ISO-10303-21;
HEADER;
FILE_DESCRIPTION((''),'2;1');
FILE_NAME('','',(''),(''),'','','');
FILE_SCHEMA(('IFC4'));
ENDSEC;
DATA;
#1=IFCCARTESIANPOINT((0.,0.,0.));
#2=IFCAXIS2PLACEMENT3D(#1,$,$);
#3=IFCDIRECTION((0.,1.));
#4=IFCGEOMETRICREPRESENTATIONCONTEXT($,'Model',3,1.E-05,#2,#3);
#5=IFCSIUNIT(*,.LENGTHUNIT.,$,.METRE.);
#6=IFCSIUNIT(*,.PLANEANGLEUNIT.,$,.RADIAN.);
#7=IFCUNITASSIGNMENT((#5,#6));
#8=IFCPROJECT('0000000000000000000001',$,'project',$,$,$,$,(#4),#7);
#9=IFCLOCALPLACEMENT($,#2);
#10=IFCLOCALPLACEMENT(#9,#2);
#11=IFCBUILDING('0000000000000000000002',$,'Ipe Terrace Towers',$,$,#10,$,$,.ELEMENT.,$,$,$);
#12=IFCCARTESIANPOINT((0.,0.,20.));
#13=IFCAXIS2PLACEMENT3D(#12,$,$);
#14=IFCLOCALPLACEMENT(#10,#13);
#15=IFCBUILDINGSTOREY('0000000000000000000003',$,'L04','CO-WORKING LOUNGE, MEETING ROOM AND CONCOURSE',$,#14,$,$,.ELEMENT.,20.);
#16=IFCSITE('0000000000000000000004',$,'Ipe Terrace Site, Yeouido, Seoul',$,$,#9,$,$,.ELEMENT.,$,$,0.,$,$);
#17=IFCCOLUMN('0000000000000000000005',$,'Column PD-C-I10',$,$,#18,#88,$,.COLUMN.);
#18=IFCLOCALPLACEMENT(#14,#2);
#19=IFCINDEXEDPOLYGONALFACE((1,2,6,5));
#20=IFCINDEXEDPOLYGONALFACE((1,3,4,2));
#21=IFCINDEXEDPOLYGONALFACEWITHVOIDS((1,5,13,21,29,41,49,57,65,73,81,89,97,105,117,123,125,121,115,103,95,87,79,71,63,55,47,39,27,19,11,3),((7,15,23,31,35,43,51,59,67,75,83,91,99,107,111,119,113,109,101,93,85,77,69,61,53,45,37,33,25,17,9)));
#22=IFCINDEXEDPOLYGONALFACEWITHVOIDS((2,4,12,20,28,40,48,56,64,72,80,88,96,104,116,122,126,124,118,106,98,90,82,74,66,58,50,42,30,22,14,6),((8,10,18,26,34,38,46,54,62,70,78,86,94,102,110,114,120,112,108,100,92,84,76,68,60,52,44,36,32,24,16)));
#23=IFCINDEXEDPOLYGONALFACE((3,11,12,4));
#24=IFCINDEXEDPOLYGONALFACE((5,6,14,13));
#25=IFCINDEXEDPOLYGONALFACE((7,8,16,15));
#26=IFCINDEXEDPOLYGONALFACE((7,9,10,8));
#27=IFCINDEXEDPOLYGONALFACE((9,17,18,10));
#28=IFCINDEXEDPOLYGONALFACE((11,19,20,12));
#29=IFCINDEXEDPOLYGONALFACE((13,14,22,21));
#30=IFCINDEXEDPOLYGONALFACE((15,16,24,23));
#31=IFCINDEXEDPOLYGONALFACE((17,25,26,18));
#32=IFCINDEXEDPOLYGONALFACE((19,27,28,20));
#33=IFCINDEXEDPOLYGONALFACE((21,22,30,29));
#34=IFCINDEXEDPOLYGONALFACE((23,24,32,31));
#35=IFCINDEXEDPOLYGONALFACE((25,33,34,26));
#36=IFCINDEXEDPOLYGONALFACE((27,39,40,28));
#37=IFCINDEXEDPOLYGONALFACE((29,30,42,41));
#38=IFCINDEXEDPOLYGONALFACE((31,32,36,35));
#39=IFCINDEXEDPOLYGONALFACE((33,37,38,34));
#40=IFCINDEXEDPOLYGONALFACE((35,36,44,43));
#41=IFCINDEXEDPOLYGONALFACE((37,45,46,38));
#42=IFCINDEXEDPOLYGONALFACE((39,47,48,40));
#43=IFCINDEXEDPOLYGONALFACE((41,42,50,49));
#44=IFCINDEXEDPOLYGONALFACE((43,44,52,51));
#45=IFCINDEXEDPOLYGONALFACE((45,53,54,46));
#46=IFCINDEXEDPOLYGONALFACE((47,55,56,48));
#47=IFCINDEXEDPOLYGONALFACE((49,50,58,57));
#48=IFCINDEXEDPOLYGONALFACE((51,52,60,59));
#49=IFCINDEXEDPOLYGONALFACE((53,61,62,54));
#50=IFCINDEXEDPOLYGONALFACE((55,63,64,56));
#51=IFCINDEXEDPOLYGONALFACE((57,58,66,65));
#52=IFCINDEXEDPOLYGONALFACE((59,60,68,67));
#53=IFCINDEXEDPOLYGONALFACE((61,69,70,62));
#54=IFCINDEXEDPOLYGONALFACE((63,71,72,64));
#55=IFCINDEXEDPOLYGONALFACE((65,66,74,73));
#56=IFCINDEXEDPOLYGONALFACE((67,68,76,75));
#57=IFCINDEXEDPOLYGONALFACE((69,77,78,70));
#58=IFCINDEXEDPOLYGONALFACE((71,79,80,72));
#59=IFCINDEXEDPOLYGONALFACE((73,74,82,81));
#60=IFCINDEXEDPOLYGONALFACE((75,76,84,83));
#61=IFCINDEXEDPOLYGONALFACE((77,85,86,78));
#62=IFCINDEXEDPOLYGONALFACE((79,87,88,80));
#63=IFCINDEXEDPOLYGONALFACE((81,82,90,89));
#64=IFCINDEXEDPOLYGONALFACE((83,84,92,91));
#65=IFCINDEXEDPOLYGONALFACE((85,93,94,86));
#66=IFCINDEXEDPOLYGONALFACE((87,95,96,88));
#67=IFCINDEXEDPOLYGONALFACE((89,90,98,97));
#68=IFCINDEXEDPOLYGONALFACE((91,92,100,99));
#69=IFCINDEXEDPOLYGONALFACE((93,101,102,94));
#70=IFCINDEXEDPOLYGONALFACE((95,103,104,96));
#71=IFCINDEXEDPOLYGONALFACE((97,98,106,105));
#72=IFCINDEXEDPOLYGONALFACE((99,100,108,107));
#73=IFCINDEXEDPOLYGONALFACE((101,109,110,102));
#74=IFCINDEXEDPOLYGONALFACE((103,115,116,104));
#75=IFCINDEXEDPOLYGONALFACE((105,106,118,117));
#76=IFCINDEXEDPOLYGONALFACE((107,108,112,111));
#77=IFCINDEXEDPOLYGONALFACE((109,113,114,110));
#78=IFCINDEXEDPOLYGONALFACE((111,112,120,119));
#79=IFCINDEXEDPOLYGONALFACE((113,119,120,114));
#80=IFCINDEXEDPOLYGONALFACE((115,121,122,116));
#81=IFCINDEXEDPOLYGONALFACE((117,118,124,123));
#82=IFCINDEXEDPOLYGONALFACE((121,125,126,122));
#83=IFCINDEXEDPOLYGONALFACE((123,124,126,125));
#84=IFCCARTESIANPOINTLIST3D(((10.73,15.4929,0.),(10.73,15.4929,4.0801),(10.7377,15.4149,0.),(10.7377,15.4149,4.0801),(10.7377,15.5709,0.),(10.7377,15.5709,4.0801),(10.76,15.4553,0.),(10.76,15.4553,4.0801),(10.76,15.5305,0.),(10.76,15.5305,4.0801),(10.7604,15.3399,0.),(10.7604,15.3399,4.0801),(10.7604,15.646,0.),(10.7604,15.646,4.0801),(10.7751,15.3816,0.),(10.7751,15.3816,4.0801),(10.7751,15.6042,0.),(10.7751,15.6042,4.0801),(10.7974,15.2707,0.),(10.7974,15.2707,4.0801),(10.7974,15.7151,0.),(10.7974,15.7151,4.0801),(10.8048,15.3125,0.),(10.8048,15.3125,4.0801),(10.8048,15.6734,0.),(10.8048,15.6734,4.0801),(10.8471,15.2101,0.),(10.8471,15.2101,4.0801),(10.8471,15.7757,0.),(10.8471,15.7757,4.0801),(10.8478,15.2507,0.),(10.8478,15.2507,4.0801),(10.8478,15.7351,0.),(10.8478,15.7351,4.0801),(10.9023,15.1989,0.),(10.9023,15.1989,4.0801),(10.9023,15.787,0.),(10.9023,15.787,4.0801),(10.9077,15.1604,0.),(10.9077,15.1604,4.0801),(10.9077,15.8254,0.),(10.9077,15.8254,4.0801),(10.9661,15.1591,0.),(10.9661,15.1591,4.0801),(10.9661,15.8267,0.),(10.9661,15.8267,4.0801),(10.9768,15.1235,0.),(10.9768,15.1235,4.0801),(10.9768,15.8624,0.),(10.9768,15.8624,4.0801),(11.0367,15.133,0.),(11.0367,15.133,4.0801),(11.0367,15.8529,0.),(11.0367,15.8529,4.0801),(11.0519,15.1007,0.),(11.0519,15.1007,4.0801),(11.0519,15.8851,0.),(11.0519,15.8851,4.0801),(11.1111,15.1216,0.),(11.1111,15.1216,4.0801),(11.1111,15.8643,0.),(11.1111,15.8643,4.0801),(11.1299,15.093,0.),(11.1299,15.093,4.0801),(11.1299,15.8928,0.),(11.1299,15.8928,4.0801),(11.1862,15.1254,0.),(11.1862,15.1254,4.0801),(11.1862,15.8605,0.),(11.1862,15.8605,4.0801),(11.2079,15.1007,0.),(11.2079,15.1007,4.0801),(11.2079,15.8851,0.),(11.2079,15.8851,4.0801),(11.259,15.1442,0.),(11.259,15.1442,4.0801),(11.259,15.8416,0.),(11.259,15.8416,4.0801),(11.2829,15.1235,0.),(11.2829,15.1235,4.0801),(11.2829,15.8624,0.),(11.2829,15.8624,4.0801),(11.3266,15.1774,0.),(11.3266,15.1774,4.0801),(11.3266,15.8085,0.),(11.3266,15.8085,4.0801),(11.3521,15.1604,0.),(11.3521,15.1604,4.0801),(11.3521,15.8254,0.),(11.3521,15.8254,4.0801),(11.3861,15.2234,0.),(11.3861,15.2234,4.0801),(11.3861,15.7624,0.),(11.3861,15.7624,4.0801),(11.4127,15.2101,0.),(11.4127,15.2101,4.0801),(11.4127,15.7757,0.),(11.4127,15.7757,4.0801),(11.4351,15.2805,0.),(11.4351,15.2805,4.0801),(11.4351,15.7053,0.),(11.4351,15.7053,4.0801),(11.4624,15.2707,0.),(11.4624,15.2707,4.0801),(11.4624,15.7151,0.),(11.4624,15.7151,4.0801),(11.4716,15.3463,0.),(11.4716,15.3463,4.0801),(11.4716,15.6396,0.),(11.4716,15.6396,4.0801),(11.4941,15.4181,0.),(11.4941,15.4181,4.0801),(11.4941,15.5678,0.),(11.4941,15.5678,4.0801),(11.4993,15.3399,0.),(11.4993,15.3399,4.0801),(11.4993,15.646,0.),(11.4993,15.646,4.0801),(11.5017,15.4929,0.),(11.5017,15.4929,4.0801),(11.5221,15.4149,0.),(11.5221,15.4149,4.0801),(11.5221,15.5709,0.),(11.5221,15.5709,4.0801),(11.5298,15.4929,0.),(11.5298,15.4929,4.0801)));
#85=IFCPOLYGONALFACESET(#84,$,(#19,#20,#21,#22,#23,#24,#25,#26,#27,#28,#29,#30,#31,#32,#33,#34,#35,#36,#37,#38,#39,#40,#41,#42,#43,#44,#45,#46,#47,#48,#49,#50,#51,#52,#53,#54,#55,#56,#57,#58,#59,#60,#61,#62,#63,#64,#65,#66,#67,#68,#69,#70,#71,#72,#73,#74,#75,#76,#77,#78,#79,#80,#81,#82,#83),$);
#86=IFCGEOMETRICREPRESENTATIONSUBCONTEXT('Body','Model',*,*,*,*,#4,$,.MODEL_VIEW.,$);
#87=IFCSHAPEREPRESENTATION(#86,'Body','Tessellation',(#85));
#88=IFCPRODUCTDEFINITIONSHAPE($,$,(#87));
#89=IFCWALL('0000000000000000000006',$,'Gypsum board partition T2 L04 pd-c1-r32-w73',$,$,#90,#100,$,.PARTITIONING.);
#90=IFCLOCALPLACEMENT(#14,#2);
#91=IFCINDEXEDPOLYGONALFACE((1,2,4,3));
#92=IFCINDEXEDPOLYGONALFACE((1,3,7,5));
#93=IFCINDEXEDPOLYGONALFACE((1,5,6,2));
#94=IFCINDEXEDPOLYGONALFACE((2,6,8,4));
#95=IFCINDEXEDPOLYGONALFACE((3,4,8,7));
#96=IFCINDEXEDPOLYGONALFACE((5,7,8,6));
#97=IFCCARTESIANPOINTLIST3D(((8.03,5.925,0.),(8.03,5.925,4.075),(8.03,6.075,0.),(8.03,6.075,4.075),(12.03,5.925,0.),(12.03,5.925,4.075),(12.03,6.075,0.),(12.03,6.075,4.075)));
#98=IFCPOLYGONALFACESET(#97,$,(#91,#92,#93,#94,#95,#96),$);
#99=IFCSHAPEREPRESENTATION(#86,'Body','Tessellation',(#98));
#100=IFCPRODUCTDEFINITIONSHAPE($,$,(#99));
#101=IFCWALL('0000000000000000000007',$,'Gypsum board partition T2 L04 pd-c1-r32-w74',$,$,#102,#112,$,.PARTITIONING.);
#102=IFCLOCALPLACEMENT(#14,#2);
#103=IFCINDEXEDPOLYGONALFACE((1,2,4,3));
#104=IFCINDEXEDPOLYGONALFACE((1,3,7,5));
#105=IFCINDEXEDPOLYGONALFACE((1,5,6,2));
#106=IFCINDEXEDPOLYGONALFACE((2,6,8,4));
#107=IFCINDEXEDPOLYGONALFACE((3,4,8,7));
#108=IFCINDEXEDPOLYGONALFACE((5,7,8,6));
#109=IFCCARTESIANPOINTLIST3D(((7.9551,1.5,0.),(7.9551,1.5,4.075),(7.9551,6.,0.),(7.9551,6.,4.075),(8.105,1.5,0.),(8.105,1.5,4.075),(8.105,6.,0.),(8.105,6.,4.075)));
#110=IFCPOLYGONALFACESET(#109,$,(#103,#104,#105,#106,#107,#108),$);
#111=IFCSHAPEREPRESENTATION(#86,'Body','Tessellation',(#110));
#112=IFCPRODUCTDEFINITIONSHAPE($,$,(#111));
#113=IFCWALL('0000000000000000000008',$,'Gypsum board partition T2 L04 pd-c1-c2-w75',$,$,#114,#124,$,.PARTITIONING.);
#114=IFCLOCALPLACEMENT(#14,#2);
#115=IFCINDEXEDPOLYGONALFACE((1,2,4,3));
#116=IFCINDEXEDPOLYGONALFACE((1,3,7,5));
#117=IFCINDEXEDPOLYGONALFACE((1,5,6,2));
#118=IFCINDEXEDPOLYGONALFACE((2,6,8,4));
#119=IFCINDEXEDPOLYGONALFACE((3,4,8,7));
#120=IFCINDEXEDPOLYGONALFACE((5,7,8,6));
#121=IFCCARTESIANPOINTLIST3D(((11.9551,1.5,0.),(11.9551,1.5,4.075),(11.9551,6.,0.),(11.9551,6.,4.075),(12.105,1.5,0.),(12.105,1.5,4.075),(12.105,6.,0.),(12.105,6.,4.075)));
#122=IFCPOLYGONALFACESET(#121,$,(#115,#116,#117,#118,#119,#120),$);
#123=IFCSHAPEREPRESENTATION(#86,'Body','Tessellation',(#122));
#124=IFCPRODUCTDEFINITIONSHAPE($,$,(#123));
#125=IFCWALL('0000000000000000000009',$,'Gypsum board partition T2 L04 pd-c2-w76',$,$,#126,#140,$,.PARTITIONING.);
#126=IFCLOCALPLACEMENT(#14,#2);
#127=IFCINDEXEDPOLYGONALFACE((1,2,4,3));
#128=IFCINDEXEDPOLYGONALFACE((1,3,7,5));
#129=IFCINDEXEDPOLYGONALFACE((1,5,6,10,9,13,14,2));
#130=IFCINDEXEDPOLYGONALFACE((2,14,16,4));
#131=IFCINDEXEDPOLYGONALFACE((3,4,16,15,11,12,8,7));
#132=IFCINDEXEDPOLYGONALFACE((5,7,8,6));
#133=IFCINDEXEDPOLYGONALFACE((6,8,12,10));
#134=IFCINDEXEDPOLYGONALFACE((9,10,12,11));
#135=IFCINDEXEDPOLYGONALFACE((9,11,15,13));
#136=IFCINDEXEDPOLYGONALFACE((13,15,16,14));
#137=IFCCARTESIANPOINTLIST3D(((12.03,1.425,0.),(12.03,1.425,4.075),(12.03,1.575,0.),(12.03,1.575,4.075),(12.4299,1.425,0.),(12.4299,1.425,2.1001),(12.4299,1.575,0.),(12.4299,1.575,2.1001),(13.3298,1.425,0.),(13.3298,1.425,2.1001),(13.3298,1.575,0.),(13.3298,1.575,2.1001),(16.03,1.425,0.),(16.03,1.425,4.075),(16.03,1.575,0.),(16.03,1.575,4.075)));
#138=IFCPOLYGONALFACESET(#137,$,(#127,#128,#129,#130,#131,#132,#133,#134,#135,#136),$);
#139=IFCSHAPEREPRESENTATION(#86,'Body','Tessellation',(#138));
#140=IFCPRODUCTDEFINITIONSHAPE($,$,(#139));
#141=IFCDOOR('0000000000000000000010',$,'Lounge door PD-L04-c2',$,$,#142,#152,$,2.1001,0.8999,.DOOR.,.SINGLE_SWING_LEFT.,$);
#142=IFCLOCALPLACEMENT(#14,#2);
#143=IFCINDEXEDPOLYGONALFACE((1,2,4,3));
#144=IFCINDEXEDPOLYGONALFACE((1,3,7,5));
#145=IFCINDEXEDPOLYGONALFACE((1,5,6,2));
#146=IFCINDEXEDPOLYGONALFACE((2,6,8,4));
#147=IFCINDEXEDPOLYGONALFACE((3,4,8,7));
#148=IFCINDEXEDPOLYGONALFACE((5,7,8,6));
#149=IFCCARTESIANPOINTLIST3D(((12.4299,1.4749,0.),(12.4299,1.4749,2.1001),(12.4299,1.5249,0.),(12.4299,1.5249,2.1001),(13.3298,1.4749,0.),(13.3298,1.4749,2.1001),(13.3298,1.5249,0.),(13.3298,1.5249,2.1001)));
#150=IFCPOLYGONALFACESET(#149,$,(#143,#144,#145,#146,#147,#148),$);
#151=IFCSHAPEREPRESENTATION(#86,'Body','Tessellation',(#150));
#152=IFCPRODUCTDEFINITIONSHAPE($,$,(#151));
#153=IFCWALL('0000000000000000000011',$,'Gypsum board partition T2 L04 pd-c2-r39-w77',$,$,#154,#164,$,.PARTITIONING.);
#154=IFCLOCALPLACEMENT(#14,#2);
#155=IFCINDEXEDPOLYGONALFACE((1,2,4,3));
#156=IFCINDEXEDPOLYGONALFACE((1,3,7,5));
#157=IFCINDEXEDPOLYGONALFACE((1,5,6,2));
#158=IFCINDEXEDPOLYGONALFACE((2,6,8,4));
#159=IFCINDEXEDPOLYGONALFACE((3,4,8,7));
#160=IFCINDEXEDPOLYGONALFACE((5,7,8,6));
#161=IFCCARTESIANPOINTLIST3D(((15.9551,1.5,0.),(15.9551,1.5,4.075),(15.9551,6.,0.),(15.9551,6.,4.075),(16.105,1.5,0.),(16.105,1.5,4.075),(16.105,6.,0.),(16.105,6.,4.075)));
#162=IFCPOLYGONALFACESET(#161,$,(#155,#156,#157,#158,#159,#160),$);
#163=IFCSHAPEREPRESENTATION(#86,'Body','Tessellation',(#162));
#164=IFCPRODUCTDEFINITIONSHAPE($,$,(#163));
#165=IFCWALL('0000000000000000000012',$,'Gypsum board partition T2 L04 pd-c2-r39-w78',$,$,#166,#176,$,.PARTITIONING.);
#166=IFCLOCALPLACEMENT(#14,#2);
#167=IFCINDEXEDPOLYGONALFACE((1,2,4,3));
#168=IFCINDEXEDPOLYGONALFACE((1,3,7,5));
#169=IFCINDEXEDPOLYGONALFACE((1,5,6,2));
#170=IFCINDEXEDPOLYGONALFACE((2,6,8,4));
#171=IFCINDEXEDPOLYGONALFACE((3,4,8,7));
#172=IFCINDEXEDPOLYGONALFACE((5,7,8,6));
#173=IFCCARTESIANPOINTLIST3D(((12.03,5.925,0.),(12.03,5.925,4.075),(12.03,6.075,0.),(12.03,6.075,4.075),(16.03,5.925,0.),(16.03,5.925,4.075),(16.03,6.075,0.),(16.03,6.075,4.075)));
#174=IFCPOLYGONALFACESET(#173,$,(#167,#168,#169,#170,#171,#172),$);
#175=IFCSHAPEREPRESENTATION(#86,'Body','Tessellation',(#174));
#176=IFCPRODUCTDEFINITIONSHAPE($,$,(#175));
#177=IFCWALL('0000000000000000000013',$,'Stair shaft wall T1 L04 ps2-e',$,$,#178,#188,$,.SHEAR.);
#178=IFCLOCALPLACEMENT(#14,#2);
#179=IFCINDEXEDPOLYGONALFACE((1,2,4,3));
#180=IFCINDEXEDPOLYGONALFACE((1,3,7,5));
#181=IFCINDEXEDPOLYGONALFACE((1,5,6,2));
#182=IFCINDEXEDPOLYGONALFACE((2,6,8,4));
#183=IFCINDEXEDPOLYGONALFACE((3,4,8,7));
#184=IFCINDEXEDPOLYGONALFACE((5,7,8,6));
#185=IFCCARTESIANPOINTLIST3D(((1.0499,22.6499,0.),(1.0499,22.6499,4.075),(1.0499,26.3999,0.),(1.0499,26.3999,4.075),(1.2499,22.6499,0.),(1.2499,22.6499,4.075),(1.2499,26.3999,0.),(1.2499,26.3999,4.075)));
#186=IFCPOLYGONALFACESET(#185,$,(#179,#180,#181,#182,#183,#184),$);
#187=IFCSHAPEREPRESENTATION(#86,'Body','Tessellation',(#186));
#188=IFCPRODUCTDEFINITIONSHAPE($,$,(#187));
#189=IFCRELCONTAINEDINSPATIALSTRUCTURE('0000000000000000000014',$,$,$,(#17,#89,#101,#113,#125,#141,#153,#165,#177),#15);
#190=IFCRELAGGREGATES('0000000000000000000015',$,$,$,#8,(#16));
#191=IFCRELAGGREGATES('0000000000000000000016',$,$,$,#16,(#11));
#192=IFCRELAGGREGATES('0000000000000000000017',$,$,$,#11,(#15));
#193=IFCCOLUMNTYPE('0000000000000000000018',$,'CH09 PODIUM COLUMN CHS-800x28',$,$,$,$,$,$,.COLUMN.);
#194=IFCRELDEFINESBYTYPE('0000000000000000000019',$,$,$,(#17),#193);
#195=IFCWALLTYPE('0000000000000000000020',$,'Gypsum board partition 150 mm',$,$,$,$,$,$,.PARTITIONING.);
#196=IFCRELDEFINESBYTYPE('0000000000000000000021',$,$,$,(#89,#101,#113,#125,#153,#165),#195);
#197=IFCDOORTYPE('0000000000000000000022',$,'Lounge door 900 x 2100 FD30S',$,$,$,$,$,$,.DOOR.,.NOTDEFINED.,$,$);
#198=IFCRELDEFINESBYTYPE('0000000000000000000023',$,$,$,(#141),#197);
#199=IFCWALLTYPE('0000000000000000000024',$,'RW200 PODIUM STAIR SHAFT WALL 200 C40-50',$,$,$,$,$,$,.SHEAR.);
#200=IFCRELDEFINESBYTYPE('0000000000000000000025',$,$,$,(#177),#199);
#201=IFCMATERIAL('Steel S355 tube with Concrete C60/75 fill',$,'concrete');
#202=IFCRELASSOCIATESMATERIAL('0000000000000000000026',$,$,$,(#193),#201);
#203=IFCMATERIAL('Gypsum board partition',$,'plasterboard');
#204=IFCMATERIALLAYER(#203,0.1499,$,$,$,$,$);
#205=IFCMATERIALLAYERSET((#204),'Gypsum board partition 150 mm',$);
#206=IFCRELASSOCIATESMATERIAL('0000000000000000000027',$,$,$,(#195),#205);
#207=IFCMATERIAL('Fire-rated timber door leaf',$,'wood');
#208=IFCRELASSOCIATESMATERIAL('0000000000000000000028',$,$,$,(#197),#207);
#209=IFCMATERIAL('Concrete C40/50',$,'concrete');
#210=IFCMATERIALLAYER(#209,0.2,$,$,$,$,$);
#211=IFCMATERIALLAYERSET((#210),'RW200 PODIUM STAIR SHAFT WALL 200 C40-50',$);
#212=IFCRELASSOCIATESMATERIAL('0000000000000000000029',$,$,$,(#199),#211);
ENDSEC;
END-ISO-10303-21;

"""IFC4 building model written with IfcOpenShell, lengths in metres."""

from ifc_helpers import new_model, si_unit, direction, frame, frame_2d, origin, origin_2d, place, context, subcontext, project, spatial, rectangle, hollow_circle, extrude, material, layer, layer_set, material_profile, profile_set, type_object, element, fill, save


model = new_model("IFC4")

# Units and contexts
model_context = context("Model", 3, precision=1e-05, world=origin(), true_north=direction((0.0, 1.0)))
body_context = subcontext(model_context, "Body", "Model", "MODEL_VIEW")
ifc_project = project(units=[si_unit("LENGTHUNIT", "METRE"), si_unit("PLANEANGLEUNIT", "RADIAN")], contexts=[model_context])

# Site, building, storey
site_placement = place(None, origin())
site = spatial("IfcSite", under=ifc_project, at=site_placement, Name="Ipe Terrace Site, Yeouido, Seoul", CompositionType="ELEMENT", RefElevation=0.0)
building_placement = place(site_placement, origin())
building = spatial("IfcBuilding", under=site, at=building_placement, Name="Ipe Terrace Towers", CompositionType="ELEMENT")
storey_placement = place(building_placement, frame((0.0, 0.0, 20.0)))
storey = spatial("IfcBuildingStorey", under=building, at=storey_placement, Name="L04", Description="CO-WORKING LOUNGE, MEETING ROOM AND CONCOURSE", CompositionType="ELEMENT", Elevation=20.0)

# Column
ifc_material_1 = material(Name="Steel S355 tube with Concrete C60/75 fill", Category="concrete")
ifc_material_profile_1 = material_profile(ifc_material_1, hollow_circle(Radius=0.3999, WallThickness=0.0281, at=origin_2d()), Name="CHS-800x28")
ifc_profile_set_1 = profile_set([ifc_material_profile_1], Name="Steel S355 tube with Concrete C60/75 fill")
column_type_1 = type_object("IfcColumnType", Name="CH09 PODIUM COLUMN CHS-800x28", PredefinedType="COLUMN", material=ifc_profile_set_1)
for number, where, z_axis, x_axis, name in (
    (1, (11.1299, 15.4929, 0.0), (0.0, 0.0, 1.0), (1.0, 0.0, 0.0), "Column PD-C-I10"),
):
    element("IfcColumn", number, at=place(storey_placement, frame(where, z_axis=z_axis, x_axis=x_axis)), inside=storey, type_object=column_type_1, Name=name, PredefinedType="COLUMN", context=body_context, shape_type="SweptSolid", body=[
        extrude(hollow_circle(Radius=0.3999, WallThickness=0.0281, at=origin_2d()), origin(), (0.0, 0.0, 1.0), 4.0801),
    ])

# Walls
ifc_material_2 = material(Name="Gypsum board partition", Category="plasterboard")
ifc_layer_1 = layer(ifc_material_2, 0.1499)
ifc_layer_set_1 = layer_set([ifc_layer_1], Name="Gypsum board partition 150 mm")
wall_type_1 = type_object("IfcWallType", Name="Gypsum board partition 150 mm", PredefinedType="PARTITIONING", material=ifc_layer_set_1)
wall_1_placement = place(storey_placement, frame((12.03, 6.0, 0.0), z_axis=(0.0, 0.0, 1.0), x_axis=(-1.0, 0.0, 0.0)))
element("IfcWall", 2, at=wall_1_placement, inside=storey, type_object=wall_type_1, Name="Gypsum board partition T2 L04 pd-c1-r32-w73", PredefinedType="PARTITIONING", context=body_context, shape_type="SweptSolid", body=[
    extrude(rectangle(XDim=4.0, YDim=0.1499, at=frame_2d((2.0, 0.0))), origin(), (0.0, 0.0, 1.0), 4.075),
])
for number, where, z_axis, x_axis, name in (
    (3, (8.03, 6.0, 0.0), (0.0, 0.0, 1.0), (0.0, -1.0, 0.0), "Gypsum board partition T2 L04 pd-c1-r32-w74"),
    (4, (12.03, 1.5, 0.0), (0.0, 0.0, 1.0), (0.0, 1.0, 0.0), "Gypsum board partition T2 L04 pd-c1-c2-w75"),
):
    element("IfcWall", number, at=place(storey_placement, frame(where, z_axis=z_axis, x_axis=x_axis)), inside=storey, type_object=wall_type_1, Name=name, PredefinedType="PARTITIONING", context=body_context, shape_type="SweptSolid", body=[
        extrude(rectangle(XDim=4.5, YDim=0.1499, at=frame_2d((2.25, 0.0))), origin(), (0.0, 0.0, 1.0), 4.075),
    ])

# Wall, opening, door
wall_2_placement = place(storey_placement, frame((12.03, 1.5, 0.0), z_axis=(0.0, 0.0, 1.0), x_axis=(1.0, 0.0, 0.0)))
wall_2 = element("IfcWall", 5, at=wall_2_placement, inside=storey, type_object=wall_type_1, Name="Gypsum board partition T2 L04 pd-c2-w76", PredefinedType="PARTITIONING", context=body_context, shape_type="SweptSolid", body=[
    extrude(rectangle(XDim=4.0, YDim=0.1499, at=frame_2d((2.0, 0.0))), origin(), (0.0, 0.0, 1.0), 4.075),
])
opening_placement = place(wall_2_placement, frame((0.3999, 0.0, 0.0)))
opening = element("IfcOpeningElement", 6, at=opening_placement, cuts=wall_2, PredefinedType="OPENING", context=body_context, shape_type="SweptSolid", body=[
    extrude(rectangle(XDim=0.8999, YDim=2.1001, at=frame_2d((0.45, 1.05))), frame((0.0, 0.085, 0.0), z_axis=(0.0, -1.0, 0.0), x_axis=(1.0, 0.0, 0.0)), (0.0, 0.0, 1.0), 0.1699),
])
ifc_material_3 = material(Name="Fire-rated timber door leaf", Category="wood")
door_type = type_object("IfcDoorType", Name="Lounge door 900 x 2100 FD30S", OperationType="NOTDEFINED", PredefinedType="DOOR", material=ifc_material_3)
door_placement = place(opening_placement, origin())
door = element("IfcDoor", 7, at=door_placement, inside=storey, type_object=door_type, Name="Lounge door PD-L04-c2", OperationType="SINGLE_SWING_LEFT", OverallHeight=2.1001, OverallWidth=0.8999, PredefinedType="DOOR", context=body_context, shape_type="SweptSolid", body=[
    extrude(rectangle(XDim=0.8999, YDim=2.1001, at=frame_2d((0.45, 1.05))), frame((0.0, 0.0249, 0.0), z_axis=(0.0, -1.0, 0.0), x_axis=(1.0, 0.0, 0.0)), (0.0, 0.0, 1.0), 0.05),
])
fill(opening, door)

# Walls
wall_3_placement = place(storey_placement, frame((16.03, 1.5, 0.0), z_axis=(0.0, 0.0, 1.0), x_axis=(0.0, 1.0, 0.0)))
element("IfcWall", 8, at=wall_3_placement, inside=storey, type_object=wall_type_1, Name="Gypsum board partition T2 L04 pd-c2-r39-w77", PredefinedType="PARTITIONING", context=body_context, shape_type="SweptSolid", body=[
    extrude(rectangle(XDim=4.5, YDim=0.1499, at=frame_2d((2.25, 0.0))), origin(), (0.0, 0.0, 1.0), 4.075),
])
wall_4_placement = place(storey_placement, frame((16.03, 6.0, 0.0), z_axis=(0.0, 0.0, 1.0), x_axis=(-1.0, 0.0, 0.0)))
element("IfcWall", 9, at=wall_4_placement, inside=storey, type_object=wall_type_1, Name="Gypsum board partition T2 L04 pd-c2-r39-w78", PredefinedType="PARTITIONING", context=body_context, shape_type="SweptSolid", body=[
    extrude(rectangle(XDim=4.0, YDim=0.1499, at=frame_2d((2.0, 0.0))), origin(), (0.0, 0.0, 1.0), 4.075),
])
ifc_material_4 = material(Name="Concrete C40/50", Category="concrete")
ifc_layer_2 = layer(ifc_material_4, 0.2)
ifc_layer_set_2 = layer_set([ifc_layer_2], Name="RW200 PODIUM STAIR SHAFT WALL 200 C40-50")
wall_type_2 = type_object("IfcWallType", Name="RW200 PODIUM STAIR SHAFT WALL 200 C40-50", PredefinedType="SHEAR", material=ifc_layer_set_2)
wall_5_placement = place(storey_placement, frame((1.1499, 22.6499, 0.0), z_axis=(0.0, 0.0, 1.0), x_axis=(0.0, 1.0, 0.0)))
element("IfcWall", 10, at=wall_5_placement, inside=storey, type_object=wall_type_2, Name="Stair shaft wall T1 L04 ps2-e", PredefinedType="SHEAR", context=body_context, shape_type="SweptSolid", body=[
    extrude(rectangle(XDim=3.75, YDim=0.2, at=frame_2d((1.875, 0.0))), origin(), (0.0, 0.0, 1.0), 4.075),
])

save(model, "model.ifc")
